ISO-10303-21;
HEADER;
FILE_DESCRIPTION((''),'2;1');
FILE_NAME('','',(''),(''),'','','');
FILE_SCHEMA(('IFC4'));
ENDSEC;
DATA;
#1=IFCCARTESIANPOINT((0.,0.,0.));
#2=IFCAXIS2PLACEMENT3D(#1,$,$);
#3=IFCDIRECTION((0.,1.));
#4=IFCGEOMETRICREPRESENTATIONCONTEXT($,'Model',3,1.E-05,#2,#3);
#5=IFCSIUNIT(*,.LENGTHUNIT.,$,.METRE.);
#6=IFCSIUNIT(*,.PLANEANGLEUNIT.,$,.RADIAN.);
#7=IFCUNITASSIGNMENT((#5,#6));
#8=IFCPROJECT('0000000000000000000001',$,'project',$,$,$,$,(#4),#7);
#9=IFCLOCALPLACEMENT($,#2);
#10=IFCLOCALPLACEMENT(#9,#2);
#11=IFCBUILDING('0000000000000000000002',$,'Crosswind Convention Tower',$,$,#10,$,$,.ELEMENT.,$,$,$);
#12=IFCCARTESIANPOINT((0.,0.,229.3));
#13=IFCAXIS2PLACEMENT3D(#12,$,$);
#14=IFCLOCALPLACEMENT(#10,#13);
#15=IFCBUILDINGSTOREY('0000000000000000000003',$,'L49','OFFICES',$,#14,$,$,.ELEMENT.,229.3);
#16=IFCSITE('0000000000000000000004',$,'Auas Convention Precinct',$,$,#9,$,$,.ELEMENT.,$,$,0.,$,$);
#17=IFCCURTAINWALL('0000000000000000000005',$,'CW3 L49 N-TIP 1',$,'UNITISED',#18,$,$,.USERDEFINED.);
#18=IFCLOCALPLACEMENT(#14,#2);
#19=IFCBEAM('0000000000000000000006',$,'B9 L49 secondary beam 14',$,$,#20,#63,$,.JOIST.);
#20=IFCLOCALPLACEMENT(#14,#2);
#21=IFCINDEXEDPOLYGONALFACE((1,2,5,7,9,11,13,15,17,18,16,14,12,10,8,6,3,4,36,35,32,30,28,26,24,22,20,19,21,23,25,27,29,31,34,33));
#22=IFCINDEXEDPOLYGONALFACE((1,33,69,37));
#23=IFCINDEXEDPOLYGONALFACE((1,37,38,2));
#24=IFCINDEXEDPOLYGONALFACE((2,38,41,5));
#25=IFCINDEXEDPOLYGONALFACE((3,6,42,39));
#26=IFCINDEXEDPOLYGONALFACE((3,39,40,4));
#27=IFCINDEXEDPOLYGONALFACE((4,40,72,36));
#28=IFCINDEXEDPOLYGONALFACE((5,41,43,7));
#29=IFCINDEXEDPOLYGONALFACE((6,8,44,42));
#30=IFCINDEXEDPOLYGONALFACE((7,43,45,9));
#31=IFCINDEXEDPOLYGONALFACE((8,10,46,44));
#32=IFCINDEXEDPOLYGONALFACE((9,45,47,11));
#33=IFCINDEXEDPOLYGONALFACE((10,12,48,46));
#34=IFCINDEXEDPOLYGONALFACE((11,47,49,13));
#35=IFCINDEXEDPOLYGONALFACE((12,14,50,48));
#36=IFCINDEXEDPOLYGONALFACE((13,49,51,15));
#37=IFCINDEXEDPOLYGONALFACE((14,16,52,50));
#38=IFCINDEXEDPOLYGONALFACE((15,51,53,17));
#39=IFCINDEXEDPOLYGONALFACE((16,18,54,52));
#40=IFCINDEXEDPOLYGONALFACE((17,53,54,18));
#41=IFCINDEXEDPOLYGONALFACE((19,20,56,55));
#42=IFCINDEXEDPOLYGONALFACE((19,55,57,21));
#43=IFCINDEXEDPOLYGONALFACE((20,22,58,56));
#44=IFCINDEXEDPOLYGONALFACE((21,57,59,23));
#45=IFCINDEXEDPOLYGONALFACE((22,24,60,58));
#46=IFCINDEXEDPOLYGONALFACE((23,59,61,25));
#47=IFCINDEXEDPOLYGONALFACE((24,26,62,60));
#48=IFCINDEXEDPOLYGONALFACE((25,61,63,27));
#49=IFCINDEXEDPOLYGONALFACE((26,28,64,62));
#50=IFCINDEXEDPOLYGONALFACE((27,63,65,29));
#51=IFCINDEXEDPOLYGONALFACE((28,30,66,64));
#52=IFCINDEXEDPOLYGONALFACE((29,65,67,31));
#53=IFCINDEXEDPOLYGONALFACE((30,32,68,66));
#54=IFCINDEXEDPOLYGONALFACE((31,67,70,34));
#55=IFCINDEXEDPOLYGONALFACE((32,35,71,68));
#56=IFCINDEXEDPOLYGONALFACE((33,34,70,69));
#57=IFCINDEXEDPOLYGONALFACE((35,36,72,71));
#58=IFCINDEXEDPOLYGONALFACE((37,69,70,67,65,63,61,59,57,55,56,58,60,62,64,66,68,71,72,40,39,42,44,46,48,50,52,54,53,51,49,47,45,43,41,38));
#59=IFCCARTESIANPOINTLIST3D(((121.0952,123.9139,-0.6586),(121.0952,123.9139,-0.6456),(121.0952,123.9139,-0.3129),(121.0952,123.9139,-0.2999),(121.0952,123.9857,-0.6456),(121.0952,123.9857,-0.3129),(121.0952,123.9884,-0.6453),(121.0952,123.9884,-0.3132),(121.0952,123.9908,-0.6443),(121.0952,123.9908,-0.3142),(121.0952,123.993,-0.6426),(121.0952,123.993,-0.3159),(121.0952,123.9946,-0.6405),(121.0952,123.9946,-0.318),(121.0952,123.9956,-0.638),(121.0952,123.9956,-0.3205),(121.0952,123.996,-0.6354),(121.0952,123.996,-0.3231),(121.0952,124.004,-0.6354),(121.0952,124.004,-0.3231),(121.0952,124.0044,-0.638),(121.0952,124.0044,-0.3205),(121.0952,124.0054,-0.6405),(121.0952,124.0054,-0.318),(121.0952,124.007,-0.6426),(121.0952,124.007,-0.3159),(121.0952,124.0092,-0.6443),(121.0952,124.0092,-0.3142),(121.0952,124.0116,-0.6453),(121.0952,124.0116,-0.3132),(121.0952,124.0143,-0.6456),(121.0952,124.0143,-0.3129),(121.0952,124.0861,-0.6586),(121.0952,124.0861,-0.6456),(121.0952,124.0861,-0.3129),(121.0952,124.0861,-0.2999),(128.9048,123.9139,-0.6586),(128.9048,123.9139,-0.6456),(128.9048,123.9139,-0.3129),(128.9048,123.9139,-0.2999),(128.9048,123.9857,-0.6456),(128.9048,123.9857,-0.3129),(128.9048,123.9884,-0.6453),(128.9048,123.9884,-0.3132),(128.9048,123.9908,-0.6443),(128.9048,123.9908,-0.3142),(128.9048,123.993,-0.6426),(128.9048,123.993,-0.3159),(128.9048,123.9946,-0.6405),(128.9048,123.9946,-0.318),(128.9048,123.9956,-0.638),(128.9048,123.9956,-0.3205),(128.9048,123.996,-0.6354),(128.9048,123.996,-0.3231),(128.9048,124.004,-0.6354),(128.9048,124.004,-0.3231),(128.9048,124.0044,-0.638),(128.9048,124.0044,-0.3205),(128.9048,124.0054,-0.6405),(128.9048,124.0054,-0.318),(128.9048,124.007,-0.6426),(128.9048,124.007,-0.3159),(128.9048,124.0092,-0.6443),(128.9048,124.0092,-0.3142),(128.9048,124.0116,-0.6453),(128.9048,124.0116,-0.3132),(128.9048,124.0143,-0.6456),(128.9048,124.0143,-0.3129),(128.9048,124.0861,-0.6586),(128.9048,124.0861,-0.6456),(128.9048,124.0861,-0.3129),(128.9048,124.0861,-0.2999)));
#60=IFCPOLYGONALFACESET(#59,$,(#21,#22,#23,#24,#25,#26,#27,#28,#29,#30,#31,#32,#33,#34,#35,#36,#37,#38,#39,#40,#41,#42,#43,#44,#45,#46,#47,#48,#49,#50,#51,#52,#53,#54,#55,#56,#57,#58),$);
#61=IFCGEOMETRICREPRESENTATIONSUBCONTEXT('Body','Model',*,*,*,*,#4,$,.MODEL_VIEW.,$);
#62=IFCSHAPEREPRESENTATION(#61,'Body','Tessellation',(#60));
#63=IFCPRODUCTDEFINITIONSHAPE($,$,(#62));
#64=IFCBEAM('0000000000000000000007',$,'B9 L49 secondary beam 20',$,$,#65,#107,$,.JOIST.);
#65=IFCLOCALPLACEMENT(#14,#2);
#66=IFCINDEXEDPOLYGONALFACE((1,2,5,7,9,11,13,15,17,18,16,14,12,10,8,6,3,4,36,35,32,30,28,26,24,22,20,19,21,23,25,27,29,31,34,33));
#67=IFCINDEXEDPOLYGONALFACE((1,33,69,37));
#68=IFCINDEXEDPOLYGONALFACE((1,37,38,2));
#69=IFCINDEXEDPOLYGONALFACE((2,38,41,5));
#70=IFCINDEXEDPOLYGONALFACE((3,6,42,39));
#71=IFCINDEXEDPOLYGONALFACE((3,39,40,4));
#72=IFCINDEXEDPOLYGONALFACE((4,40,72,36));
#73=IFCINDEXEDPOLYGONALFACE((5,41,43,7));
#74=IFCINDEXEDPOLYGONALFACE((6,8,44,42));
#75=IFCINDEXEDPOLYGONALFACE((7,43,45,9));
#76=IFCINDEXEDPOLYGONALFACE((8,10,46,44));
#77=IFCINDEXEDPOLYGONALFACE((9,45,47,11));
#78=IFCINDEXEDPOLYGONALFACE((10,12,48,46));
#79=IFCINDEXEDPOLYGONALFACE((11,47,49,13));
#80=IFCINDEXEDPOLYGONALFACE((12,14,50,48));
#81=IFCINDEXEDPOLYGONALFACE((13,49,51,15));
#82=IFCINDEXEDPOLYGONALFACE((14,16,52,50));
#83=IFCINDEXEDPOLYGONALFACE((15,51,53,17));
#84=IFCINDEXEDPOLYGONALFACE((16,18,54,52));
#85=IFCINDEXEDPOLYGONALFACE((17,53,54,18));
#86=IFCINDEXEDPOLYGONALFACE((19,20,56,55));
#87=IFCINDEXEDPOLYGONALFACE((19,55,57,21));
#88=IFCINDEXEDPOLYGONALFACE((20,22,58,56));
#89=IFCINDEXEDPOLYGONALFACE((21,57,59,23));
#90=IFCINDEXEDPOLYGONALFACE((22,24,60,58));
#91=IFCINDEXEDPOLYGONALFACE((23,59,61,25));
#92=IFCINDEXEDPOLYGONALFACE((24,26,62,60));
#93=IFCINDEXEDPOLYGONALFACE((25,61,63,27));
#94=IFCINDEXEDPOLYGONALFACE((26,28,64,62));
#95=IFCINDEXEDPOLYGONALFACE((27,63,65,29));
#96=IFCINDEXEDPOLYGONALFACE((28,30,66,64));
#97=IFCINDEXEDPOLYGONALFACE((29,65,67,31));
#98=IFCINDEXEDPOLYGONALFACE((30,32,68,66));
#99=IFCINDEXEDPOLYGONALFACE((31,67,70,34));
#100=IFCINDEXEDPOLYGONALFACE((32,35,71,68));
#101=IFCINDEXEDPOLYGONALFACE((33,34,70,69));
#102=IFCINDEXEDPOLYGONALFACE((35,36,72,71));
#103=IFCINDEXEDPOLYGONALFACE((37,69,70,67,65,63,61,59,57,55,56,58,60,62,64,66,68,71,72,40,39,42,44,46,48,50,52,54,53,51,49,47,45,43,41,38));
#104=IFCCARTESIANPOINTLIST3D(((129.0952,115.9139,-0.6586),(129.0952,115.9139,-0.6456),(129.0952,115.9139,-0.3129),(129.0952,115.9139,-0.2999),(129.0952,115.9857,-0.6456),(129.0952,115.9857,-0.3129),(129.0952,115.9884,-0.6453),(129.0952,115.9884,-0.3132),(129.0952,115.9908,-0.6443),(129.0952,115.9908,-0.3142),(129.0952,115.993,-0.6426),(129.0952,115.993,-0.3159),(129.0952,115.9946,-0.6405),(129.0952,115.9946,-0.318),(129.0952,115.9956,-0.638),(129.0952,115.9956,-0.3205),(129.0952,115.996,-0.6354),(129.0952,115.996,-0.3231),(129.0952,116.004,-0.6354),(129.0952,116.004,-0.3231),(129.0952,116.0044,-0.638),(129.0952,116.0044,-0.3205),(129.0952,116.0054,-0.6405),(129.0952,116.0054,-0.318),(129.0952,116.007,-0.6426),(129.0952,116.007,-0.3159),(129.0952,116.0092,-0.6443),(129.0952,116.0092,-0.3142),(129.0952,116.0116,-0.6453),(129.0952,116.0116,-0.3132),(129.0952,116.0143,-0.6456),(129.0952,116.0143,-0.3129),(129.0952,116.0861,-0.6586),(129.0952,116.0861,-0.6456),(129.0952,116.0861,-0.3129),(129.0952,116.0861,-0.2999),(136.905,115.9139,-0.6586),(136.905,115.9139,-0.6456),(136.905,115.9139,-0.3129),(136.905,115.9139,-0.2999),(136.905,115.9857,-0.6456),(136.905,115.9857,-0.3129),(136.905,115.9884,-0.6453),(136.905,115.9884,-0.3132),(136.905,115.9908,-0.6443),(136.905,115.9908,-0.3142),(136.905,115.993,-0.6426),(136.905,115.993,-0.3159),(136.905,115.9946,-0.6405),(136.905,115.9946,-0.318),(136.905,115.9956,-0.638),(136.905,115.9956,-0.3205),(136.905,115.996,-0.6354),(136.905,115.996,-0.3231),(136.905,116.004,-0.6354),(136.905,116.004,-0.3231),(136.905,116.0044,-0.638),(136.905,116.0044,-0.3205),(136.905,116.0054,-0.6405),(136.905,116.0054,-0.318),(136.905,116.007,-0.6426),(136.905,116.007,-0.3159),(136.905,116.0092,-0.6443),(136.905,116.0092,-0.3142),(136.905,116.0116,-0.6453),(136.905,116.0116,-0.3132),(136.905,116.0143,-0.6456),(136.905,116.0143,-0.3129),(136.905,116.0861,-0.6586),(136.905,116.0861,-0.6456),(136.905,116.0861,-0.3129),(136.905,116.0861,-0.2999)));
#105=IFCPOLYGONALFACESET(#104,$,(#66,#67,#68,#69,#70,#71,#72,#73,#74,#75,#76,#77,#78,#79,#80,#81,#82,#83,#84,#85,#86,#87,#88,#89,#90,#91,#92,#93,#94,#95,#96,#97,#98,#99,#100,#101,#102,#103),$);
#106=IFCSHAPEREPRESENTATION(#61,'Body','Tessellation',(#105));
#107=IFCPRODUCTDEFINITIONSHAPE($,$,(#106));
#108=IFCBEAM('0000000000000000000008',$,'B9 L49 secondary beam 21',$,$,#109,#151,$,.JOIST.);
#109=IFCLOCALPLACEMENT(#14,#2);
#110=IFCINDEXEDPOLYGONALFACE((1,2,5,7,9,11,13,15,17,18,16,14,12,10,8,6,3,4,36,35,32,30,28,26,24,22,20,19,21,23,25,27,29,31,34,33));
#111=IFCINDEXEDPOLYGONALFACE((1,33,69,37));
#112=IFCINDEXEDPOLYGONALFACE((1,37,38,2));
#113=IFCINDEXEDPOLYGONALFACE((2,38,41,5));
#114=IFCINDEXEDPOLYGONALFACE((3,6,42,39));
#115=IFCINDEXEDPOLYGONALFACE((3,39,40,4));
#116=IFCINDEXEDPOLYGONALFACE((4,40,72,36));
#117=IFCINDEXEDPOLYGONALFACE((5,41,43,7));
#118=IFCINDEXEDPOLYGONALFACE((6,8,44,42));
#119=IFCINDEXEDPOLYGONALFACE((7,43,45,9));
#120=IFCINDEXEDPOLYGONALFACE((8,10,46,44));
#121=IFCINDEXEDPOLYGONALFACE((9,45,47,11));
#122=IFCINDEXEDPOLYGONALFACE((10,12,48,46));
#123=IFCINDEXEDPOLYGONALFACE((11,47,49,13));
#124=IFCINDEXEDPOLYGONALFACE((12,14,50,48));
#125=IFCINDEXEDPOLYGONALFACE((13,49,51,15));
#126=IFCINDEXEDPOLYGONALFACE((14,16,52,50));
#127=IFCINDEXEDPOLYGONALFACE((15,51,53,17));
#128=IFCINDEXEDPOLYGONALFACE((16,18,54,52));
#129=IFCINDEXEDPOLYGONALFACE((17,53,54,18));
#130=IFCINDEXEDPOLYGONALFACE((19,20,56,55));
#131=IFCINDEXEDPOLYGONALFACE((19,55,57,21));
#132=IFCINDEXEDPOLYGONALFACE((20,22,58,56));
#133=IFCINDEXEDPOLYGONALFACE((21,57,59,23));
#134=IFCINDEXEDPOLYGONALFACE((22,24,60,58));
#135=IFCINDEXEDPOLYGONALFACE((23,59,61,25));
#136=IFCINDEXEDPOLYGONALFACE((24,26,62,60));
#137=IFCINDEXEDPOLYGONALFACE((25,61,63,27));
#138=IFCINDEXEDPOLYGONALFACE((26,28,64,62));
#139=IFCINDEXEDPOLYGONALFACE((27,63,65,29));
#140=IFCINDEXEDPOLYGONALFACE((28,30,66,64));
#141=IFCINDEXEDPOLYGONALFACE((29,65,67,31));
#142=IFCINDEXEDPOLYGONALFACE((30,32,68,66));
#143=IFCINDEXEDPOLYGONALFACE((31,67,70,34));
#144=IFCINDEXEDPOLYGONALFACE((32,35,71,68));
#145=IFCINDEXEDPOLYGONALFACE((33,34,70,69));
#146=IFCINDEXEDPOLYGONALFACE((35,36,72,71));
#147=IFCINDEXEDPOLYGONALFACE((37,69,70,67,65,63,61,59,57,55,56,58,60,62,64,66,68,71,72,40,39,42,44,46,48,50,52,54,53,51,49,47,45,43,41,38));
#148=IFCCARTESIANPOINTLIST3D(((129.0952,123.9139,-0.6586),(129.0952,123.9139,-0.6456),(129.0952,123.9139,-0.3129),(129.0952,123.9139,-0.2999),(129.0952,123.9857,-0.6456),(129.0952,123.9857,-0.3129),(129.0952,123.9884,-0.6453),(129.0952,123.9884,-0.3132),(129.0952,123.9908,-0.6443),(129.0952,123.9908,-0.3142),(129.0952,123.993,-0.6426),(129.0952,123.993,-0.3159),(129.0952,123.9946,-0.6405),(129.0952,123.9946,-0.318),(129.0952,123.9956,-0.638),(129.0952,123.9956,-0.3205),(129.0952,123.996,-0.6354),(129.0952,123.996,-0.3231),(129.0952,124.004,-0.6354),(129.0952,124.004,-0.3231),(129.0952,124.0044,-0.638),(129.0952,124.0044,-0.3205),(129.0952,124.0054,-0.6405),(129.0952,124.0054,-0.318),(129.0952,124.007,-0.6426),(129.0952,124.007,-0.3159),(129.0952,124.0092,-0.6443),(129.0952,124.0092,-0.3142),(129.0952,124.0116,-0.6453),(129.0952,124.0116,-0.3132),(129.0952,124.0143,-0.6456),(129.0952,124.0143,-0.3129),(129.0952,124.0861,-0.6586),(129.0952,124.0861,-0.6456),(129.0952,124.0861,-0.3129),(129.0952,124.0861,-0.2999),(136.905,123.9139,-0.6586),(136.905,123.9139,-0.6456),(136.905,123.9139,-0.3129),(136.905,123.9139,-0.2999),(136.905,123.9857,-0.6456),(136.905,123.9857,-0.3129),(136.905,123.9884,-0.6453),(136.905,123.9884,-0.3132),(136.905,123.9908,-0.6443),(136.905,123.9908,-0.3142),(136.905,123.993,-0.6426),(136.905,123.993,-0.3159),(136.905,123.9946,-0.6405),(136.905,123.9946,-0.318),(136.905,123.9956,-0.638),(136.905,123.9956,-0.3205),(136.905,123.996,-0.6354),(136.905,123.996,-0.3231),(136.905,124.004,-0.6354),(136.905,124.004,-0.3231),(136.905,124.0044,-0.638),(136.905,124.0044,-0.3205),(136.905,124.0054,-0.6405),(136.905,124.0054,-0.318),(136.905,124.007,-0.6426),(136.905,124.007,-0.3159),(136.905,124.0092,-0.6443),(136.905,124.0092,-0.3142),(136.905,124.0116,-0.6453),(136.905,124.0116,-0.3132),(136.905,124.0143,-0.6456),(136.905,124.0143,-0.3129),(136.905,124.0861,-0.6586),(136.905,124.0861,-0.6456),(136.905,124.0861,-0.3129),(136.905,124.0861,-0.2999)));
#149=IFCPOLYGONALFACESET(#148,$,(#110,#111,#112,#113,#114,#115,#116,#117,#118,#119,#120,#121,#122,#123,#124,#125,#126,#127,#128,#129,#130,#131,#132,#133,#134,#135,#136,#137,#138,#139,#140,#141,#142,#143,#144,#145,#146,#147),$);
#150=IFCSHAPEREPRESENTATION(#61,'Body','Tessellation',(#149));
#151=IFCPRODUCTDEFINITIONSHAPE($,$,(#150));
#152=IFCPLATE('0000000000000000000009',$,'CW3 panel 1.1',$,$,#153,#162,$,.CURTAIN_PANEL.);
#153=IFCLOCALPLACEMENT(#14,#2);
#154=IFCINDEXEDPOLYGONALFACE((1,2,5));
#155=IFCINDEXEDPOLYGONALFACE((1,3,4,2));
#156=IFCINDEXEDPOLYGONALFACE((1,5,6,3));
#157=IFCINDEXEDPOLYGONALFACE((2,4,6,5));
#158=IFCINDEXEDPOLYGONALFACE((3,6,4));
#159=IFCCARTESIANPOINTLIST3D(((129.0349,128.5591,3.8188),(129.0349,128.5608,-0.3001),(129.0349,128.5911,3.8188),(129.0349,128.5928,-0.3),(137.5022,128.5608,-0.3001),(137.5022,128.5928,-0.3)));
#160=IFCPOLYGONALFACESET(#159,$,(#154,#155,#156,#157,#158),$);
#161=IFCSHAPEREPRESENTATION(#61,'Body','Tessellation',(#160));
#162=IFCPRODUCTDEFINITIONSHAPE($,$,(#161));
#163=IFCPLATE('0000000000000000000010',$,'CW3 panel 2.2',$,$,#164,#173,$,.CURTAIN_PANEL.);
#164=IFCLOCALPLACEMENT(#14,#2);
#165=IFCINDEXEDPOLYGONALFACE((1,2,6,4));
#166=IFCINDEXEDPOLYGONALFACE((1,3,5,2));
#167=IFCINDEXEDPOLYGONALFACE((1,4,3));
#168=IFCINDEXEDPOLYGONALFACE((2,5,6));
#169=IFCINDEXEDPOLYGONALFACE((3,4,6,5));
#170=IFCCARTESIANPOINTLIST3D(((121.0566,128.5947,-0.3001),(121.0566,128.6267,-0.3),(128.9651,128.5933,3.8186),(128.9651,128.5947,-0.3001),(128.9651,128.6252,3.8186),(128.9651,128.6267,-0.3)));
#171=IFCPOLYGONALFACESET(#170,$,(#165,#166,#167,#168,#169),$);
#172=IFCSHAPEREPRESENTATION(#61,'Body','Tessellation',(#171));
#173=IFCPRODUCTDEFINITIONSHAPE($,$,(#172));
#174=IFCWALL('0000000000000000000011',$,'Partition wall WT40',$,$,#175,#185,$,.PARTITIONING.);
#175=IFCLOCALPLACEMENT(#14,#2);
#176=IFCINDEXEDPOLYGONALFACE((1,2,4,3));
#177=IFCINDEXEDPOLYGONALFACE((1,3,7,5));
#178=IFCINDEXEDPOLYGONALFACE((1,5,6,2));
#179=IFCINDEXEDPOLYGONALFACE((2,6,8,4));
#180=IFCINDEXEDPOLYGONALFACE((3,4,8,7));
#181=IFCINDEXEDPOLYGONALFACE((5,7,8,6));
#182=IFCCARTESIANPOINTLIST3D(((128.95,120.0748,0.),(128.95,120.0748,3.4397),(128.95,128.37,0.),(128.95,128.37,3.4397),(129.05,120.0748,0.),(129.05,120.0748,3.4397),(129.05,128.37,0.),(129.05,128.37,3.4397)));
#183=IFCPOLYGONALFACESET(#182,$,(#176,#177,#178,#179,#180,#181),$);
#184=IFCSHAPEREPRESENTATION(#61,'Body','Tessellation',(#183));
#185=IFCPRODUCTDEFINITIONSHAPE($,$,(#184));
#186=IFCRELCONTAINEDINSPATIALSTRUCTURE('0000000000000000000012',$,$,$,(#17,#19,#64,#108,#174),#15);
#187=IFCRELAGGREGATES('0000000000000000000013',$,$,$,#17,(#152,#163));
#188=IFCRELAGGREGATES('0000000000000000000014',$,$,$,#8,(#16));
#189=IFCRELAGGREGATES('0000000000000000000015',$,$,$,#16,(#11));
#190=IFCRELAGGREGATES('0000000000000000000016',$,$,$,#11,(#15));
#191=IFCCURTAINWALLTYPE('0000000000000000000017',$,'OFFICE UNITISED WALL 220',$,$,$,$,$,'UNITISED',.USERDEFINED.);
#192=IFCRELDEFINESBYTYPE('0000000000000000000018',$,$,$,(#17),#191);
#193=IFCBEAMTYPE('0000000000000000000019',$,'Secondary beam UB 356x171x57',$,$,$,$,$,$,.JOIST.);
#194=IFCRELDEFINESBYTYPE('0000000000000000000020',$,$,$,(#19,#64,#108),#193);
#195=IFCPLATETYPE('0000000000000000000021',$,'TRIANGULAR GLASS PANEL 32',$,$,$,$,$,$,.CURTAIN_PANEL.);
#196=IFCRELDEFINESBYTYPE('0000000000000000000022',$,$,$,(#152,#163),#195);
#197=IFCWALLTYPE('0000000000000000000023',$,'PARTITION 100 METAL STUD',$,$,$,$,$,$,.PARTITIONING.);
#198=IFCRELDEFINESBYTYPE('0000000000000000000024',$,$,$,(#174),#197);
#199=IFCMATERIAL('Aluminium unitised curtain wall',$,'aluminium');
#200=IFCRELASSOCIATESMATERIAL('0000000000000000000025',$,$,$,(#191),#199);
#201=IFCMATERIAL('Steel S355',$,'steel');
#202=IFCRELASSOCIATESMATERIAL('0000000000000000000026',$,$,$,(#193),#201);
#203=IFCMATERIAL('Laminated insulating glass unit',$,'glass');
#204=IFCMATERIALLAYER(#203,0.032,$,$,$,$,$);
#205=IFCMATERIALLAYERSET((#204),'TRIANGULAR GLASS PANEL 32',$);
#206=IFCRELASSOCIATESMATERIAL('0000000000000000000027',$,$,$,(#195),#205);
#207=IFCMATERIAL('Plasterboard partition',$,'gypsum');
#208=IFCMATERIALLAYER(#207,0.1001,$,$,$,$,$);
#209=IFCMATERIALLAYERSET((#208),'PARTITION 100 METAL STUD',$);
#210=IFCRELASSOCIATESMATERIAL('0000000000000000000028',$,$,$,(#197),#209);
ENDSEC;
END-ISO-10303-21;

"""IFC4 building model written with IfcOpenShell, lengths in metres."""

from ifc_helpers import new_model, si_unit, direction, frame, frame_2d, origin, origin_2d, place, context, subcontext, project, spatial, polyline, rectangle, i_section, outline, extrude, material, layer, layer_set, material_profile, profile_set, type_object, element, aggregate, save


model = new_model("IFC4")

# Units and contexts
model_context = context("Model", 3, precision=1e-05, world=origin(), true_north=direction((0.0, 1.0)))
body_context = subcontext(model_context, "Body", "Model", "MODEL_VIEW")
ifc_project = project(units=[si_unit("LENGTHUNIT", "METRE"), si_unit("PLANEANGLEUNIT", "RADIAN")], contexts=[model_context])

# Site, building, storey
site_placement = place(None, origin())
site = spatial("IfcSite", under=ifc_project, at=site_placement, Name="Auas Convention Precinct", CompositionType="ELEMENT", RefElevation=0.0)
building_placement = place(site_placement, origin())
building = spatial("IfcBuilding", under=site, at=building_placement, Name="Crosswind Convention Tower", CompositionType="ELEMENT")
storey_placement = place(building_placement, frame((0.0, 0.0, 229.3)))
storey = spatial("IfcBuildingStorey", under=building, at=storey_placement, Name="L49", Description="OFFICES", CompositionType="ELEMENT", Elevation=229.3)

# Shared definitions
ifc_material_1 = material(Name="Steel S355", Category="steel")

# Curtain wall
ifc_material_2 = material(Name="Aluminium unitised curtain wall", Category="aluminium")
curtain_wall_type = type_object("IfcCurtainWallType", Name="OFFICE UNITISED WALL 220", ElementType="UNITISED", PredefinedType="USERDEFINED", material=ifc_material_2)
curtain_wall_placement = place(storey_placement, origin())
curtain_wall = element("IfcCurtainWall", 1, at=curtain_wall_placement, inside=storey, type_object=curtain_wall_type, Name="CW3 L49 N-TIP 1", ObjectType="UNITISED", PredefinedType="USERDEFINED")

# Beams
ifc_material_profile_1 = material_profile(ifc_material_1, i_section(OverallWidth=0.1721, OverallDepth=0.3586, WebThickness=0.0081, FlangeThickness=0.0129, FilletRadius=0.0103, at=origin_2d()), Name="UB 356x171x57")
ifc_profile_set_1 = profile_set([ifc_material_profile_1], Name="Steel S355")
beam_type_1 = type_object("IfcBeamType", Name="Secondary beam UB 356x171x57", PredefinedType="JOIST", material=ifc_profile_set_1)
for number, where, z_axis, x_axis, name in (
    (2, (121.0952, 124.0, -0.4792), (1.0, 0.0, 0.0), (0.0, 1.0, 0.0), "B9 L49 secondary beam 14"),
):
    element("IfcBeam", number, at=place(storey_placement, frame(where, z_axis=z_axis, x_axis=x_axis)), inside=storey, type_object=beam_type_1, Name=name, PredefinedType="JOIST", context=body_context, shape_type="SweptSolid", body=[
        extrude(i_section(OverallWidth=0.1721, OverallDepth=0.3586, WebThickness=0.0081, FlangeThickness=0.0129, FilletRadius=0.0103, at=origin_2d()), origin(), (0.0, 0.0, 1.0), 7.8096),
    ])
for number, where, z_axis, x_axis, name in (
    (3, (129.0952, 116.0, -0.4792), (1.0, 0.0, 0.0), (0.0, 1.0, 0.0), "B9 L49 secondary beam 20"),
    (4, (129.0952, 124.0, -0.4792), (1.0, 0.0, 0.0), (0.0, 1.0, 0.0), "B9 L49 secondary beam 21"),
):
    element("IfcBeam", number, at=place(storey_placement, frame(where, z_axis=z_axis, x_axis=x_axis)), inside=storey, type_object=beam_type_1, Name=name, PredefinedType="JOIST", context=body_context, shape_type="SweptSolid", body=[
        extrude(i_section(OverallWidth=0.1721, OverallDepth=0.3586, WebThickness=0.0081, FlangeThickness=0.0129, FilletRadius=0.0103, at=origin_2d()), origin(), (0.0, 0.0, 1.0), 7.8098),
    ])

# Plates
ifc_material_3 = material(Name="Laminated insulating glass unit", Category="glass")
ifc_layer_1 = layer(ifc_material_3, 0.032)
ifc_layer_set_1 = layer_set([ifc_layer_1], Name="TRIANGULAR GLASS PANEL 32")
plate_type = type_object("IfcPlateType", Name="TRIANGULAR GLASS PANEL 32", PredefinedType="CURTAIN_PANEL", material=ifc_layer_set_1)
plate_1_placement = place(storey_placement, frame((129.0349, 128.5928, -0.3), z_axis=(0.0, 1.0, 0.000415), x_axis=(0.0, -0.000415, 1.0)))
plate_1 = element("IfcPlate", 5, at=plate_1_placement, type_object=plate_type, Name="CW3 panel 1.1", PredefinedType="CURTAIN_PANEL", context=body_context, shape_type="SweptSolid", body=[
    extrude(outline(polyline([(0.0, 0.0), (4.1189, 0.0), (0.0, 8.4673), (0.0, 0.0)])), origin(), (0.0, 0.0, -1.0), 0.032),
])
plate_2_placement = place(storey_placement, frame((128.9651, 128.6267, -0.3), z_axis=(0.0, 1.0, 0.000356), x_axis=(-1.0, 0.0, 0.0)))
plate_2 = element("IfcPlate", 6, at=plate_2_placement, type_object=plate_type, Name="CW3 panel 2.2", PredefinedType="CURTAIN_PANEL", context=body_context, shape_type="SweptSolid", body=[
    extrude(outline(polyline([(0.0, 0.0), (7.9084, 0.0), (0.0, 4.1187), (0.0, 0.0)])), origin(), (0.0, 0.0, -1.0), 0.032),
])
aggregate(curtain_wall, [plate_1, plate_2])

# Wall
ifc_material_4 = material(Name="Plasterboard partition", Category="gypsum")
ifc_layer_2 = layer(ifc_material_4, 0.1001)
ifc_layer_set_2 = layer_set([ifc_layer_2], Name="PARTITION 100 METAL STUD")
wall_type_1 = type_object("IfcWallType", Name="PARTITION 100 METAL STUD", PredefinedType="PARTITIONING", material=ifc_layer_set_2)
wall_1_placement = place(storey_placement, frame((129.0, 120.075, 0.0), z_axis=(0.0, 0.0, 1.0), x_axis=(0.0, 1.0, 0.0)))
element("IfcWall", 7, at=wall_1_placement, inside=storey, type_object=wall_type_1, Name="Partition wall WT40", PredefinedType="PARTITIONING", context=body_context, shape_type="SweptSolid", body=[
    extrude(rectangle(XDim=8.2952, YDim=0.1001, at=frame_2d((4.1475, 0.0))), origin(), (0.0, 0.0, 1.0), 3.4397),
])

save(model, "model.ifc")
